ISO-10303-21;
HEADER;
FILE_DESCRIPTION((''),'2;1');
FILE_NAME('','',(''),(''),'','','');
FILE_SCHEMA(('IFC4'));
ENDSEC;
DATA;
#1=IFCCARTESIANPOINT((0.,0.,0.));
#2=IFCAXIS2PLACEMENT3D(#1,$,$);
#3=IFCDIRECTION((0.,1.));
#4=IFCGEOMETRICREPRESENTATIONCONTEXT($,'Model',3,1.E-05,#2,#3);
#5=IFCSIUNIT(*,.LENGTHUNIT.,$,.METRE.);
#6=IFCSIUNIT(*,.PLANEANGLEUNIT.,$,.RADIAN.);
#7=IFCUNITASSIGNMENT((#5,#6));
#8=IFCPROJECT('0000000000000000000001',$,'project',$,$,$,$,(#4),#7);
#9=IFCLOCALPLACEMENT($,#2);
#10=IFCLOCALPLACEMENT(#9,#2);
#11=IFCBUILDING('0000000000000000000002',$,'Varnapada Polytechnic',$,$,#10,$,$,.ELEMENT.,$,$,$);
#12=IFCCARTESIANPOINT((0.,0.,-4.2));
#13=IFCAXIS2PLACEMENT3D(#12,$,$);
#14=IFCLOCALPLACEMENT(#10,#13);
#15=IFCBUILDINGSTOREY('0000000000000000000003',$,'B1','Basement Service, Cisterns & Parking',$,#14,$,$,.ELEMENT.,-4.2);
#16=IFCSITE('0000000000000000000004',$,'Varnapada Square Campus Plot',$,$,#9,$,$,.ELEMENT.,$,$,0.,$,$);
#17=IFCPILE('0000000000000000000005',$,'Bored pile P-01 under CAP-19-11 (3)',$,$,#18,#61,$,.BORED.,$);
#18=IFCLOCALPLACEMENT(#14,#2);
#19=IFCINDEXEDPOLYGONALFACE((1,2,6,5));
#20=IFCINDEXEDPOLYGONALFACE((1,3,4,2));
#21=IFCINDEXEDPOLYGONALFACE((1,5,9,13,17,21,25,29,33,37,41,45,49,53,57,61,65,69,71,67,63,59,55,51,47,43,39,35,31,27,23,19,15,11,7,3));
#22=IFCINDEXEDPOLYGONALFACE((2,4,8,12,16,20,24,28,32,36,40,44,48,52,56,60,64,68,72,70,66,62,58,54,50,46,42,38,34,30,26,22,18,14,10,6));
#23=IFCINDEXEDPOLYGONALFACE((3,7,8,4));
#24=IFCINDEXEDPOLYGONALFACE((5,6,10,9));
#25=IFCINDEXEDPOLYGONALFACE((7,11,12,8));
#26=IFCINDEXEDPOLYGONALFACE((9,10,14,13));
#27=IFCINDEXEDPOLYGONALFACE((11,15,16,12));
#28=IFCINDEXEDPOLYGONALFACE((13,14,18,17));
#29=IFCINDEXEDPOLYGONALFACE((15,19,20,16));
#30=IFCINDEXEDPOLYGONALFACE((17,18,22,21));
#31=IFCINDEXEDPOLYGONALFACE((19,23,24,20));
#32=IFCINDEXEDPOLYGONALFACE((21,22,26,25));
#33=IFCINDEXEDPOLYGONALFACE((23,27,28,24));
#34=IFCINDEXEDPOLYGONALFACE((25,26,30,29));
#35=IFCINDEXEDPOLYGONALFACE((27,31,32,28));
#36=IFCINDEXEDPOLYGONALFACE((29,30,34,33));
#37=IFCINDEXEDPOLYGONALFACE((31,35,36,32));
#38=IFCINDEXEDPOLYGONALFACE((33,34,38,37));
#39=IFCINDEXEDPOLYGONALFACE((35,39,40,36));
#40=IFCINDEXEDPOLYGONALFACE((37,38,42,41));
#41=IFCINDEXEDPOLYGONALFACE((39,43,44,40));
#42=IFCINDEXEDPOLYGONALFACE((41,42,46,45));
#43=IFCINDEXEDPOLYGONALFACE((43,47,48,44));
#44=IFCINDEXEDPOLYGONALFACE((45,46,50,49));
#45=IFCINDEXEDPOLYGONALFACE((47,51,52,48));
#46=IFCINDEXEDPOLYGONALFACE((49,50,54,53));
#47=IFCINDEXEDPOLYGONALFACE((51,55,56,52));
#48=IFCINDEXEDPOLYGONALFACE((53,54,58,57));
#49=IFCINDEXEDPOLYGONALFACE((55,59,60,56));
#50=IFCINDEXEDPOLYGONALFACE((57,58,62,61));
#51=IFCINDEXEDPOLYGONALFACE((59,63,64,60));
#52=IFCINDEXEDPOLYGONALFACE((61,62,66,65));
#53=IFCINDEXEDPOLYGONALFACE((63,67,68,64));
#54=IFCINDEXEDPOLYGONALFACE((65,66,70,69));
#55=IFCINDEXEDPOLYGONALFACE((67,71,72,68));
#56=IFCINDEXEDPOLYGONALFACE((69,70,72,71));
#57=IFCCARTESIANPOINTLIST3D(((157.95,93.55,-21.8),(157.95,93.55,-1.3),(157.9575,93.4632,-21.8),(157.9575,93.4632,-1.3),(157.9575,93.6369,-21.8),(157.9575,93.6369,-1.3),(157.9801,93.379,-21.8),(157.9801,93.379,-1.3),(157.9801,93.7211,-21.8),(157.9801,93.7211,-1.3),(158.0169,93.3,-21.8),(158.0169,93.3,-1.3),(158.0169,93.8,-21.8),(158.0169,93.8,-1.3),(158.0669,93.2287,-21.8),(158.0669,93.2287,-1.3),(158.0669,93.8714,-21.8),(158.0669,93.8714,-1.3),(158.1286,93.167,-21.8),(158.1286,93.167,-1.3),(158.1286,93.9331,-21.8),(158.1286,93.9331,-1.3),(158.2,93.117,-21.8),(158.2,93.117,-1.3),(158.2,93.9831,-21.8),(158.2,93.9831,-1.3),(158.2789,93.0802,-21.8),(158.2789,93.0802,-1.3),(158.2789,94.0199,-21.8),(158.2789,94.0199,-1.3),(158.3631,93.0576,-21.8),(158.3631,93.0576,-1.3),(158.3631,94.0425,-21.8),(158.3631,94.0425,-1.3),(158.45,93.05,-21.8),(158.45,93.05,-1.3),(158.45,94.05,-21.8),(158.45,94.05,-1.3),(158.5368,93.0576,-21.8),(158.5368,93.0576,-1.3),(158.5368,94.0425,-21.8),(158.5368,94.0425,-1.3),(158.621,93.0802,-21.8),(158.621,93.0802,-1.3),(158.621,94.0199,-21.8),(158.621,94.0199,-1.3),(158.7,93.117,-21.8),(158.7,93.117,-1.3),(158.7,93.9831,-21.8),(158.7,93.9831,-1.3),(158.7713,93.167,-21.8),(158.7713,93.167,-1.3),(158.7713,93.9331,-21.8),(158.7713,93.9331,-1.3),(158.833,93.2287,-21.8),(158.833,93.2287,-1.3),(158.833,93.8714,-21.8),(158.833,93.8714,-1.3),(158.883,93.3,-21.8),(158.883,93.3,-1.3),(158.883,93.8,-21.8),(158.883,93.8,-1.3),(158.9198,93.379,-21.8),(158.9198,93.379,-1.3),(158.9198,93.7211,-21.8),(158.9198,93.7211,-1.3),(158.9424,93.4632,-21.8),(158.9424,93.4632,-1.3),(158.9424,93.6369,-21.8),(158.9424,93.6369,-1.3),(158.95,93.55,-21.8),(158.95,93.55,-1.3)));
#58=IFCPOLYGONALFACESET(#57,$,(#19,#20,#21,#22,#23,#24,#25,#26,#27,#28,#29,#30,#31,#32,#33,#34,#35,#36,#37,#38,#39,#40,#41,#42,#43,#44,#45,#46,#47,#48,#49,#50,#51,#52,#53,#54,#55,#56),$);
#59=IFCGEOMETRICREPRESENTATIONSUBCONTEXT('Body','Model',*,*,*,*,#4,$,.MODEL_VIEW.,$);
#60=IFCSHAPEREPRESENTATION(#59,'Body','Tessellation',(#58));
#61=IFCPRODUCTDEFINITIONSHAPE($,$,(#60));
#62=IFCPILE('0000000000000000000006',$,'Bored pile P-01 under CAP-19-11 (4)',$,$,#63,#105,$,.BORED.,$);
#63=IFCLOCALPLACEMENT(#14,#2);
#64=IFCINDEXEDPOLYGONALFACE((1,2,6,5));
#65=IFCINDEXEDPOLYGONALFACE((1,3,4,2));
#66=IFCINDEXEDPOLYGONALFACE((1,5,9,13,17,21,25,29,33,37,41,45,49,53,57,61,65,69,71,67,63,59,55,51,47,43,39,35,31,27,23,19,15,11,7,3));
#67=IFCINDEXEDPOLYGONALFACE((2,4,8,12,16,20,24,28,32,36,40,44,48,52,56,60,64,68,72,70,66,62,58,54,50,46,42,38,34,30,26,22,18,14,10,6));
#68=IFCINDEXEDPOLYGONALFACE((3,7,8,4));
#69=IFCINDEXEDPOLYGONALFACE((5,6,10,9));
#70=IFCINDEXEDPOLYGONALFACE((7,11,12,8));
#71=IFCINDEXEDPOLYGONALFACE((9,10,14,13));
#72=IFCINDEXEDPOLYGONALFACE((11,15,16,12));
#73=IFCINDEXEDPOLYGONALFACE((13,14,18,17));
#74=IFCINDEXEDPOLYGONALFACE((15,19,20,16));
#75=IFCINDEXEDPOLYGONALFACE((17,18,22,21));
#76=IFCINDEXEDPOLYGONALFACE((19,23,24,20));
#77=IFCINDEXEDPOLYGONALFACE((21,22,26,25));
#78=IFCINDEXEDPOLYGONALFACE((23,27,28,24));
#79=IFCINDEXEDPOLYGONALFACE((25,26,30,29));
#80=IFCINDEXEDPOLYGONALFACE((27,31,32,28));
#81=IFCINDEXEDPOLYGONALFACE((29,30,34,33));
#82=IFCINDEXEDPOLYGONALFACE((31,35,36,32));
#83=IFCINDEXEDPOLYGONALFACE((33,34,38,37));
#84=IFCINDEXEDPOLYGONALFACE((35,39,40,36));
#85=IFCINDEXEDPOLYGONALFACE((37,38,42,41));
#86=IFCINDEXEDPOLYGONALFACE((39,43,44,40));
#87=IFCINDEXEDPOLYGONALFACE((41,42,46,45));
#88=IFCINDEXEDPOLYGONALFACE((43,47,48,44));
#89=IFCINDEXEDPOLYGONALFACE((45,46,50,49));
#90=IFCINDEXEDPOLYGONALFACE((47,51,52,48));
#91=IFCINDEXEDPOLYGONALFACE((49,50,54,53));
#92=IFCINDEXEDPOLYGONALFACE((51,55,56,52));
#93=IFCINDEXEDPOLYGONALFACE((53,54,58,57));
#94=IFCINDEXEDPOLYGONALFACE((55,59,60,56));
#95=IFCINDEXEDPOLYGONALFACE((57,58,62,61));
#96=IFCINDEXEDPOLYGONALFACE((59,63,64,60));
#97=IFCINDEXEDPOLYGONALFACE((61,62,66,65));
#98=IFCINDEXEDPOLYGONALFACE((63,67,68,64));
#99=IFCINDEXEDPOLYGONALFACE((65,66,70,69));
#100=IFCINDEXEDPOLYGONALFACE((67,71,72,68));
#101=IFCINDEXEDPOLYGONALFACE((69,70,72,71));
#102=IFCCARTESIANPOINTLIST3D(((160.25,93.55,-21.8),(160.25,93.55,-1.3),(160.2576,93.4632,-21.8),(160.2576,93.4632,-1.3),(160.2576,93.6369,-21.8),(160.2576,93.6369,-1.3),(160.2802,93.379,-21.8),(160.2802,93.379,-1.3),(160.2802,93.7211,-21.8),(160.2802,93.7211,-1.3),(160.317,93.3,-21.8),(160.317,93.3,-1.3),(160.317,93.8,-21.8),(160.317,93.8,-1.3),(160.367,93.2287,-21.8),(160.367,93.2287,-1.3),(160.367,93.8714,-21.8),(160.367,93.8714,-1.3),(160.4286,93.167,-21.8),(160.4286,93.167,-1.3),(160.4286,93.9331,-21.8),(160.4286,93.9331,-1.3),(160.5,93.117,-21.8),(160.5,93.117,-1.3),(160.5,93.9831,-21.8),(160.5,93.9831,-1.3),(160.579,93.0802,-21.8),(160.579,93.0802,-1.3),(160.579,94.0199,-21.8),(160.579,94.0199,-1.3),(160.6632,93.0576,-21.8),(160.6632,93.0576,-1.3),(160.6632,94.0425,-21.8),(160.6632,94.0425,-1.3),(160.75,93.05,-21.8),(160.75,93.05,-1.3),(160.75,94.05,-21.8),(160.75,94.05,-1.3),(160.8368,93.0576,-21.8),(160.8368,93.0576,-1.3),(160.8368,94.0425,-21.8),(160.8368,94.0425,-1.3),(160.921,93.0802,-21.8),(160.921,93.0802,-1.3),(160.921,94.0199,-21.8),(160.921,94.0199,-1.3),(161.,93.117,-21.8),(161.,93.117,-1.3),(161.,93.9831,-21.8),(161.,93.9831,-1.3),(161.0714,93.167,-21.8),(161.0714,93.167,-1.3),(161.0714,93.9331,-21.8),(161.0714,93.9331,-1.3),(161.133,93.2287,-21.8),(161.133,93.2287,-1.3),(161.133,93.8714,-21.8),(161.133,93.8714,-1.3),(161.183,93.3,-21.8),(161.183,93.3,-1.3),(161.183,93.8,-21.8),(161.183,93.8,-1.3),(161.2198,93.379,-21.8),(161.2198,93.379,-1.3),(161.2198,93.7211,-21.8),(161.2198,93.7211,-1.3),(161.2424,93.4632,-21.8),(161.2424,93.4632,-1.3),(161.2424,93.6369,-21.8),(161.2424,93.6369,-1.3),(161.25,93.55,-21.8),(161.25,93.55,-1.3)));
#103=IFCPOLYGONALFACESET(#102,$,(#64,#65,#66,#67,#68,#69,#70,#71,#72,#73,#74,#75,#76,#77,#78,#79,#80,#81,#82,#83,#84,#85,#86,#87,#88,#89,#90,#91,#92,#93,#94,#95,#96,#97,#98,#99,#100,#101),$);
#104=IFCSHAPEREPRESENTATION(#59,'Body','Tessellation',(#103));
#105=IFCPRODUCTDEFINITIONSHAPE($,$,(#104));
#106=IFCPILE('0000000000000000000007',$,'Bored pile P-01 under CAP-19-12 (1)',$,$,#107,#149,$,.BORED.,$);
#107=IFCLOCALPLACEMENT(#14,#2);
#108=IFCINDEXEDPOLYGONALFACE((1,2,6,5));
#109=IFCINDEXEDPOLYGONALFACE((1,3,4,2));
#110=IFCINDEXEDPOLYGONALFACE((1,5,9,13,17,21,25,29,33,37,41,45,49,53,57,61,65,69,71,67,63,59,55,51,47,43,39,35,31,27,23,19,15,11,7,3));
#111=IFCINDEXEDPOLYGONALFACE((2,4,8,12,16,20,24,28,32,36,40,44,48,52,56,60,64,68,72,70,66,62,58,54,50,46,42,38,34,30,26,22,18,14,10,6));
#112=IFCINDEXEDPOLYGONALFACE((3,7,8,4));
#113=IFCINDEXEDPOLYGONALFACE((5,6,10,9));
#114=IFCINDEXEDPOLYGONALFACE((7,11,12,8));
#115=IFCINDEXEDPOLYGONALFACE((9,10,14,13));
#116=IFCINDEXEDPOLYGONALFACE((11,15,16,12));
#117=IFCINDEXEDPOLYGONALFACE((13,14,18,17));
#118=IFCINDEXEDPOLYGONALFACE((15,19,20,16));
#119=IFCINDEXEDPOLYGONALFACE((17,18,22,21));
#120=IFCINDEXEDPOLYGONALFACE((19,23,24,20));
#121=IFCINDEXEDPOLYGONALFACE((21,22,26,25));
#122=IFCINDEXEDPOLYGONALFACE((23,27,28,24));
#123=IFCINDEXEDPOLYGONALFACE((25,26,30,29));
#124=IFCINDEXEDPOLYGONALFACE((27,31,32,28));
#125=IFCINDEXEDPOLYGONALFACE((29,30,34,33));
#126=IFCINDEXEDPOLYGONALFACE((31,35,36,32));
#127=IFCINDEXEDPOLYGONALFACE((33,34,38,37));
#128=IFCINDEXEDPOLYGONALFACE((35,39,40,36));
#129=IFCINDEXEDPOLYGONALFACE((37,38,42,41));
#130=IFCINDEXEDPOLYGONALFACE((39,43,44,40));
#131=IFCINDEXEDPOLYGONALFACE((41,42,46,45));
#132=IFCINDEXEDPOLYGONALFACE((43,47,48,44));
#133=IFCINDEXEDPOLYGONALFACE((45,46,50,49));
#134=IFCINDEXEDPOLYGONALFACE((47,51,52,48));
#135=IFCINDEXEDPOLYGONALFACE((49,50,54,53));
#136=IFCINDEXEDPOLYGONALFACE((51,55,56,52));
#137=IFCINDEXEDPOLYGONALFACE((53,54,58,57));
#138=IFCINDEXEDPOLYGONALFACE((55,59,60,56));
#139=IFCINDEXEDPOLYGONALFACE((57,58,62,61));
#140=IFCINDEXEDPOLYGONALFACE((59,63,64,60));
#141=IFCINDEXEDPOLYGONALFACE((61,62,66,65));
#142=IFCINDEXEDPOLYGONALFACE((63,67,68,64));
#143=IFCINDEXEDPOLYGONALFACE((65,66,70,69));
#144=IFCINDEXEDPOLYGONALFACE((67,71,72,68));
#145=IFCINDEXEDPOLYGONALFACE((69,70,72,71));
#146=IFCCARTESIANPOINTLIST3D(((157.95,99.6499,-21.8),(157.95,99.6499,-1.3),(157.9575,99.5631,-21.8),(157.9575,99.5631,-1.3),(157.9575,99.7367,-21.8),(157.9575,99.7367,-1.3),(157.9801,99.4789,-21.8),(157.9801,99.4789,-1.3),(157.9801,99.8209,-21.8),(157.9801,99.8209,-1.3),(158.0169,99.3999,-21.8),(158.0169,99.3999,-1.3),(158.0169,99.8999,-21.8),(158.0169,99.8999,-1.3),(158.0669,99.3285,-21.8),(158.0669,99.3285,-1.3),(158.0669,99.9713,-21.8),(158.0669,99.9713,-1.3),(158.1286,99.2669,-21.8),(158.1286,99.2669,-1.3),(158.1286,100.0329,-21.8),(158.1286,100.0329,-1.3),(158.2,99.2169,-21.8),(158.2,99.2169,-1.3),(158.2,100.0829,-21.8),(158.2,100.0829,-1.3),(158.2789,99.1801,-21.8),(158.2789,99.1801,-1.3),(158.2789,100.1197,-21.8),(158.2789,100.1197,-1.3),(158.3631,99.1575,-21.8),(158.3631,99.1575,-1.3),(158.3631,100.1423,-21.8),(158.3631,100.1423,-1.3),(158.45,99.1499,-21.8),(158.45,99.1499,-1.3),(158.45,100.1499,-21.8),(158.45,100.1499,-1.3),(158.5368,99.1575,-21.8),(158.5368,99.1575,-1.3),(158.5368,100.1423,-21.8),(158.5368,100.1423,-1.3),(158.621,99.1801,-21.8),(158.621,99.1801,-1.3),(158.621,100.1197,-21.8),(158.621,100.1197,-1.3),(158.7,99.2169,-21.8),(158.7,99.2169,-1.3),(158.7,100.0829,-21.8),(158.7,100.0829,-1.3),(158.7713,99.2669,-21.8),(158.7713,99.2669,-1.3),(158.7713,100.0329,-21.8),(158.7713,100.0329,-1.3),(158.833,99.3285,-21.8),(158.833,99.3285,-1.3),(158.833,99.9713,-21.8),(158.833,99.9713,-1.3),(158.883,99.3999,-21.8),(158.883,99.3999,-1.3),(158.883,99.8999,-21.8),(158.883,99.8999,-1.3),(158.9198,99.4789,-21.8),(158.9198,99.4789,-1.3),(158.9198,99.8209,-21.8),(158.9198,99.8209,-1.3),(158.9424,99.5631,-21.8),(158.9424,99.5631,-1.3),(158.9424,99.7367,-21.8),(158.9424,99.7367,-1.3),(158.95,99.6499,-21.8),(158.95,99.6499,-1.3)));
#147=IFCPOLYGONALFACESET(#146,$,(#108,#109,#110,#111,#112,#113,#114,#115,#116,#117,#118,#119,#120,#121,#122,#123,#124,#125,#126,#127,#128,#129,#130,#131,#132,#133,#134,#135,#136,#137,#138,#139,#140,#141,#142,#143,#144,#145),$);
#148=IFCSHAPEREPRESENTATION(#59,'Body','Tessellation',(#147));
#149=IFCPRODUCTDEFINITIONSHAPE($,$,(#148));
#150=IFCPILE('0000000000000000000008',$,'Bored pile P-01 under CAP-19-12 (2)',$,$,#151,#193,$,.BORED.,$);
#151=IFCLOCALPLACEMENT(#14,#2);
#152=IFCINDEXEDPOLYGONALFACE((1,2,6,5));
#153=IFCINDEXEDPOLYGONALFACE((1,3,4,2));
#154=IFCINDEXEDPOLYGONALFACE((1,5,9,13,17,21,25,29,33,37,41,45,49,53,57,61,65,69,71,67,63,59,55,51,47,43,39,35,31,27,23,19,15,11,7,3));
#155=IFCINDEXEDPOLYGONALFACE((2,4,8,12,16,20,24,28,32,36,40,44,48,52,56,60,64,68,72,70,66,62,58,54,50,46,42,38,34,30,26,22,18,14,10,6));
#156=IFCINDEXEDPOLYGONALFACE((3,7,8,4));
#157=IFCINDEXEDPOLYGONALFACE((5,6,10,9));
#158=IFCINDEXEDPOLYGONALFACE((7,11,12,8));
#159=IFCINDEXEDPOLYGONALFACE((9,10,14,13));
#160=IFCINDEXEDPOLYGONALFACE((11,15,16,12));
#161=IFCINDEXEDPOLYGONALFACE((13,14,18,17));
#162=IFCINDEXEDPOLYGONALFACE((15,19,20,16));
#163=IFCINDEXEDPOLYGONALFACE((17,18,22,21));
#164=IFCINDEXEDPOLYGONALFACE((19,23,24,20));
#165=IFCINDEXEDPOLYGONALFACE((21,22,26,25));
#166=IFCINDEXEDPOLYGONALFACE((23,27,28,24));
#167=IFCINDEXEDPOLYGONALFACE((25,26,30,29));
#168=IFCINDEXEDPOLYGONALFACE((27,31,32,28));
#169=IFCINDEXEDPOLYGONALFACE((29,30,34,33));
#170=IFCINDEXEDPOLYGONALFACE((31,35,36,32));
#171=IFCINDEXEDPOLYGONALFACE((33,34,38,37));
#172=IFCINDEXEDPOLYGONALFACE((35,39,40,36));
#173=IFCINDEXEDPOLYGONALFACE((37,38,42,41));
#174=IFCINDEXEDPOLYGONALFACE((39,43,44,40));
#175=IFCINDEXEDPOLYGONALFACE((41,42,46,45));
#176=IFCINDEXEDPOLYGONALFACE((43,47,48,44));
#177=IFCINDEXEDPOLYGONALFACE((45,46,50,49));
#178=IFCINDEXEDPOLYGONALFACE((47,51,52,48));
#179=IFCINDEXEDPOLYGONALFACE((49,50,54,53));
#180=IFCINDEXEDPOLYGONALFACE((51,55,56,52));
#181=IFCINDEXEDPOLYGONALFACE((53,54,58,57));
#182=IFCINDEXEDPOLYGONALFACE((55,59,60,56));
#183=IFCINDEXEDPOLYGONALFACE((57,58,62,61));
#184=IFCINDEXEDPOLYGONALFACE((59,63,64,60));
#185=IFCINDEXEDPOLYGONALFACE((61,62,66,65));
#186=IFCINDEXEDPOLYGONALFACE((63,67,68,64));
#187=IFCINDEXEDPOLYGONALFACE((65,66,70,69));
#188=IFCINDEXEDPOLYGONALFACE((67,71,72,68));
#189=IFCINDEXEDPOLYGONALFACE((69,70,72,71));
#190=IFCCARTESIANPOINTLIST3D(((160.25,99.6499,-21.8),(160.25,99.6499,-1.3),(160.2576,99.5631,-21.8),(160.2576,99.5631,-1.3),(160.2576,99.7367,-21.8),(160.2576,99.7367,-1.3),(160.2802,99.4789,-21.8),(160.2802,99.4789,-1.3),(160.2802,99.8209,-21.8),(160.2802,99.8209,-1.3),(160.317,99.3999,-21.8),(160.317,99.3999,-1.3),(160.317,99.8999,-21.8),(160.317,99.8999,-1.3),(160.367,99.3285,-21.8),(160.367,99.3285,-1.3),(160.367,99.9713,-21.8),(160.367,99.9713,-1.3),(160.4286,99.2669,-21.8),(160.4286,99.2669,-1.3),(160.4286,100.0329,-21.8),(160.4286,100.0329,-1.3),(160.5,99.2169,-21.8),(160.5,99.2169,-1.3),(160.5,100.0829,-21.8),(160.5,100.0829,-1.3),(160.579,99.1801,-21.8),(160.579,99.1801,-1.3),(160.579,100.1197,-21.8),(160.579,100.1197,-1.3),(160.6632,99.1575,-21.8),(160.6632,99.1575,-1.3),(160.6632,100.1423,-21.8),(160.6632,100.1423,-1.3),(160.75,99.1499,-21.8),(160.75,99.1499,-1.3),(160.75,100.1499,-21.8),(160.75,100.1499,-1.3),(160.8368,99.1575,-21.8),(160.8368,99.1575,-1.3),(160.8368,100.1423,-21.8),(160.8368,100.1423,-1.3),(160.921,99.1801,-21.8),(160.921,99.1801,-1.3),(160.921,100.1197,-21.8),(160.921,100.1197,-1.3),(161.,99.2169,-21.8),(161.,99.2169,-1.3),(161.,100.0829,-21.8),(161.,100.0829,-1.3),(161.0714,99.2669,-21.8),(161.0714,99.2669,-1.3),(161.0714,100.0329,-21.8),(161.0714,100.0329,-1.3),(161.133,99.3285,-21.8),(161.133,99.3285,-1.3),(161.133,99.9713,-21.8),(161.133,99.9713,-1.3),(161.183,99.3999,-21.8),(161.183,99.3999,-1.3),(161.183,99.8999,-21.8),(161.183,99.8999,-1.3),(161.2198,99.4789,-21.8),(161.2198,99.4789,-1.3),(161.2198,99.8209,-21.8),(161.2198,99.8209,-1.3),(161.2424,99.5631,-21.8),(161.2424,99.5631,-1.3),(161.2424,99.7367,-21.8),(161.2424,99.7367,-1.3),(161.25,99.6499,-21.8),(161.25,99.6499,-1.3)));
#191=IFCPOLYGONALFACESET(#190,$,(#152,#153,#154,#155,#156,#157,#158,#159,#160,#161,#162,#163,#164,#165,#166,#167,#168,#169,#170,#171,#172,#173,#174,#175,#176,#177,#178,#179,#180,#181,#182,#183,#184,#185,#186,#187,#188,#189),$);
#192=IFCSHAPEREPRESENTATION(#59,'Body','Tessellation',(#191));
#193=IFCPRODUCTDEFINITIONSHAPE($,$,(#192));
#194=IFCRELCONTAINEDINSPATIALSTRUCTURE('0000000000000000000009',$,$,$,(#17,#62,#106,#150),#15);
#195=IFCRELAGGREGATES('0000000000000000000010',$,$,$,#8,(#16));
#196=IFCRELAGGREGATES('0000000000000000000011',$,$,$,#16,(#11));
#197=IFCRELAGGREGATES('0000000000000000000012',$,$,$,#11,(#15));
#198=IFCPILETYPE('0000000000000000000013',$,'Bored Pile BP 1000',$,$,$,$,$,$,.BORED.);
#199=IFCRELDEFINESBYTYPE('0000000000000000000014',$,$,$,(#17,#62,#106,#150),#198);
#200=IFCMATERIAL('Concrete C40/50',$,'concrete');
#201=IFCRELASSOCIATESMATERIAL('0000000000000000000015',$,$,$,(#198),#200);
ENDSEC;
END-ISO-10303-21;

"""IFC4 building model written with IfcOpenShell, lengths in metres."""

from ifc_helpers import new_model, si_unit, direction, frame, origin, origin_2d, place, context, subcontext, project, spatial, circle, extrude, material, material_profile, profile_set, type_object, element, save


model = new_model("IFC4")

# Units and contexts
model_context = context("Model", 3, precision=1e-05, world=origin(), true_north=direction((0.0, 1.0)))
body_context = subcontext(model_context, "Body", "Model", "MODEL_VIEW")
ifc_project = project(units=[si_unit("LENGTHUNIT", "METRE"), si_unit("PLANEANGLEUNIT", "RADIAN")], contexts=[model_context])

# Site, building, storey
site_placement = place(None, origin())
site = spatial("IfcSite", under=ifc_project, at=site_placement, Name="Varnapada Square Campus Plot", CompositionType="ELEMENT", RefElevation=0.0)
building_placement = place(site_placement, origin())
building = spatial("IfcBuilding", under=site, at=building_placement, Name="Varnapada Polytechnic", CompositionType="ELEMENT")
storey_placement = place(building_placement, frame((0.0, 0.0, -4.2)))
storey = spatial("IfcBuildingStorey", under=building, at=storey_placement, Name="B1", Description="Basement Service, Cisterns & Parking", CompositionType="ELEMENT", Elevation=-4.2)

# Piles
ifc_material_1 = material(Name="Concrete C40/50", Category="concrete")
ifc_material_profile_1 = material_profile(ifc_material_1, circle(Radius=0.5, at=origin_2d()), Name="BP 1000")
ifc_profile_set_1 = profile_set([ifc_material_profile_1], Name="Concrete C40/50")
pile_type_1 = type_object("IfcPileType", Name="Bored Pile BP 1000", PredefinedType="BORED", material=ifc_profile_set_1)
for number, where, z_axis, x_axis, name in (
    (1, (158.45, 93.55, -1.3), (0.0, 0.0, -1.0), (1.0, 0.0, 0.0), "Bored pile P-01 under CAP-19-11 (3)"),
    (2, (160.75, 93.55, -1.3), (0.0, 0.0, -1.0), (1.0, 0.0, 0.0), "Bored pile P-01 under CAP-19-11 (4)"),
    (3, (158.45, 99.6499, -1.3), (0.0, 0.0, -1.0), (1.0, 0.0, 0.0), "Bored pile P-01 under CAP-19-12 (1)"),
    (4, (160.75, 99.6499, -1.3), (0.0, 0.0, -1.0), (1.0, 0.0, 0.0), "Bored pile P-01 under CAP-19-12 (2)"),
):
    element("IfcPile", number, at=place(storey_placement, frame(where, z_axis=z_axis, x_axis=x_axis)), inside=storey, type_object=pile_type_1, Name=name, PredefinedType="BORED", context=body_context, shape_type="SweptSolid", body=[
        extrude(circle(Radius=0.5, at=origin_2d()), origin(), (0.0, 0.0, 1.0), 20.5),
    ])

save(model, "model.ifc")
